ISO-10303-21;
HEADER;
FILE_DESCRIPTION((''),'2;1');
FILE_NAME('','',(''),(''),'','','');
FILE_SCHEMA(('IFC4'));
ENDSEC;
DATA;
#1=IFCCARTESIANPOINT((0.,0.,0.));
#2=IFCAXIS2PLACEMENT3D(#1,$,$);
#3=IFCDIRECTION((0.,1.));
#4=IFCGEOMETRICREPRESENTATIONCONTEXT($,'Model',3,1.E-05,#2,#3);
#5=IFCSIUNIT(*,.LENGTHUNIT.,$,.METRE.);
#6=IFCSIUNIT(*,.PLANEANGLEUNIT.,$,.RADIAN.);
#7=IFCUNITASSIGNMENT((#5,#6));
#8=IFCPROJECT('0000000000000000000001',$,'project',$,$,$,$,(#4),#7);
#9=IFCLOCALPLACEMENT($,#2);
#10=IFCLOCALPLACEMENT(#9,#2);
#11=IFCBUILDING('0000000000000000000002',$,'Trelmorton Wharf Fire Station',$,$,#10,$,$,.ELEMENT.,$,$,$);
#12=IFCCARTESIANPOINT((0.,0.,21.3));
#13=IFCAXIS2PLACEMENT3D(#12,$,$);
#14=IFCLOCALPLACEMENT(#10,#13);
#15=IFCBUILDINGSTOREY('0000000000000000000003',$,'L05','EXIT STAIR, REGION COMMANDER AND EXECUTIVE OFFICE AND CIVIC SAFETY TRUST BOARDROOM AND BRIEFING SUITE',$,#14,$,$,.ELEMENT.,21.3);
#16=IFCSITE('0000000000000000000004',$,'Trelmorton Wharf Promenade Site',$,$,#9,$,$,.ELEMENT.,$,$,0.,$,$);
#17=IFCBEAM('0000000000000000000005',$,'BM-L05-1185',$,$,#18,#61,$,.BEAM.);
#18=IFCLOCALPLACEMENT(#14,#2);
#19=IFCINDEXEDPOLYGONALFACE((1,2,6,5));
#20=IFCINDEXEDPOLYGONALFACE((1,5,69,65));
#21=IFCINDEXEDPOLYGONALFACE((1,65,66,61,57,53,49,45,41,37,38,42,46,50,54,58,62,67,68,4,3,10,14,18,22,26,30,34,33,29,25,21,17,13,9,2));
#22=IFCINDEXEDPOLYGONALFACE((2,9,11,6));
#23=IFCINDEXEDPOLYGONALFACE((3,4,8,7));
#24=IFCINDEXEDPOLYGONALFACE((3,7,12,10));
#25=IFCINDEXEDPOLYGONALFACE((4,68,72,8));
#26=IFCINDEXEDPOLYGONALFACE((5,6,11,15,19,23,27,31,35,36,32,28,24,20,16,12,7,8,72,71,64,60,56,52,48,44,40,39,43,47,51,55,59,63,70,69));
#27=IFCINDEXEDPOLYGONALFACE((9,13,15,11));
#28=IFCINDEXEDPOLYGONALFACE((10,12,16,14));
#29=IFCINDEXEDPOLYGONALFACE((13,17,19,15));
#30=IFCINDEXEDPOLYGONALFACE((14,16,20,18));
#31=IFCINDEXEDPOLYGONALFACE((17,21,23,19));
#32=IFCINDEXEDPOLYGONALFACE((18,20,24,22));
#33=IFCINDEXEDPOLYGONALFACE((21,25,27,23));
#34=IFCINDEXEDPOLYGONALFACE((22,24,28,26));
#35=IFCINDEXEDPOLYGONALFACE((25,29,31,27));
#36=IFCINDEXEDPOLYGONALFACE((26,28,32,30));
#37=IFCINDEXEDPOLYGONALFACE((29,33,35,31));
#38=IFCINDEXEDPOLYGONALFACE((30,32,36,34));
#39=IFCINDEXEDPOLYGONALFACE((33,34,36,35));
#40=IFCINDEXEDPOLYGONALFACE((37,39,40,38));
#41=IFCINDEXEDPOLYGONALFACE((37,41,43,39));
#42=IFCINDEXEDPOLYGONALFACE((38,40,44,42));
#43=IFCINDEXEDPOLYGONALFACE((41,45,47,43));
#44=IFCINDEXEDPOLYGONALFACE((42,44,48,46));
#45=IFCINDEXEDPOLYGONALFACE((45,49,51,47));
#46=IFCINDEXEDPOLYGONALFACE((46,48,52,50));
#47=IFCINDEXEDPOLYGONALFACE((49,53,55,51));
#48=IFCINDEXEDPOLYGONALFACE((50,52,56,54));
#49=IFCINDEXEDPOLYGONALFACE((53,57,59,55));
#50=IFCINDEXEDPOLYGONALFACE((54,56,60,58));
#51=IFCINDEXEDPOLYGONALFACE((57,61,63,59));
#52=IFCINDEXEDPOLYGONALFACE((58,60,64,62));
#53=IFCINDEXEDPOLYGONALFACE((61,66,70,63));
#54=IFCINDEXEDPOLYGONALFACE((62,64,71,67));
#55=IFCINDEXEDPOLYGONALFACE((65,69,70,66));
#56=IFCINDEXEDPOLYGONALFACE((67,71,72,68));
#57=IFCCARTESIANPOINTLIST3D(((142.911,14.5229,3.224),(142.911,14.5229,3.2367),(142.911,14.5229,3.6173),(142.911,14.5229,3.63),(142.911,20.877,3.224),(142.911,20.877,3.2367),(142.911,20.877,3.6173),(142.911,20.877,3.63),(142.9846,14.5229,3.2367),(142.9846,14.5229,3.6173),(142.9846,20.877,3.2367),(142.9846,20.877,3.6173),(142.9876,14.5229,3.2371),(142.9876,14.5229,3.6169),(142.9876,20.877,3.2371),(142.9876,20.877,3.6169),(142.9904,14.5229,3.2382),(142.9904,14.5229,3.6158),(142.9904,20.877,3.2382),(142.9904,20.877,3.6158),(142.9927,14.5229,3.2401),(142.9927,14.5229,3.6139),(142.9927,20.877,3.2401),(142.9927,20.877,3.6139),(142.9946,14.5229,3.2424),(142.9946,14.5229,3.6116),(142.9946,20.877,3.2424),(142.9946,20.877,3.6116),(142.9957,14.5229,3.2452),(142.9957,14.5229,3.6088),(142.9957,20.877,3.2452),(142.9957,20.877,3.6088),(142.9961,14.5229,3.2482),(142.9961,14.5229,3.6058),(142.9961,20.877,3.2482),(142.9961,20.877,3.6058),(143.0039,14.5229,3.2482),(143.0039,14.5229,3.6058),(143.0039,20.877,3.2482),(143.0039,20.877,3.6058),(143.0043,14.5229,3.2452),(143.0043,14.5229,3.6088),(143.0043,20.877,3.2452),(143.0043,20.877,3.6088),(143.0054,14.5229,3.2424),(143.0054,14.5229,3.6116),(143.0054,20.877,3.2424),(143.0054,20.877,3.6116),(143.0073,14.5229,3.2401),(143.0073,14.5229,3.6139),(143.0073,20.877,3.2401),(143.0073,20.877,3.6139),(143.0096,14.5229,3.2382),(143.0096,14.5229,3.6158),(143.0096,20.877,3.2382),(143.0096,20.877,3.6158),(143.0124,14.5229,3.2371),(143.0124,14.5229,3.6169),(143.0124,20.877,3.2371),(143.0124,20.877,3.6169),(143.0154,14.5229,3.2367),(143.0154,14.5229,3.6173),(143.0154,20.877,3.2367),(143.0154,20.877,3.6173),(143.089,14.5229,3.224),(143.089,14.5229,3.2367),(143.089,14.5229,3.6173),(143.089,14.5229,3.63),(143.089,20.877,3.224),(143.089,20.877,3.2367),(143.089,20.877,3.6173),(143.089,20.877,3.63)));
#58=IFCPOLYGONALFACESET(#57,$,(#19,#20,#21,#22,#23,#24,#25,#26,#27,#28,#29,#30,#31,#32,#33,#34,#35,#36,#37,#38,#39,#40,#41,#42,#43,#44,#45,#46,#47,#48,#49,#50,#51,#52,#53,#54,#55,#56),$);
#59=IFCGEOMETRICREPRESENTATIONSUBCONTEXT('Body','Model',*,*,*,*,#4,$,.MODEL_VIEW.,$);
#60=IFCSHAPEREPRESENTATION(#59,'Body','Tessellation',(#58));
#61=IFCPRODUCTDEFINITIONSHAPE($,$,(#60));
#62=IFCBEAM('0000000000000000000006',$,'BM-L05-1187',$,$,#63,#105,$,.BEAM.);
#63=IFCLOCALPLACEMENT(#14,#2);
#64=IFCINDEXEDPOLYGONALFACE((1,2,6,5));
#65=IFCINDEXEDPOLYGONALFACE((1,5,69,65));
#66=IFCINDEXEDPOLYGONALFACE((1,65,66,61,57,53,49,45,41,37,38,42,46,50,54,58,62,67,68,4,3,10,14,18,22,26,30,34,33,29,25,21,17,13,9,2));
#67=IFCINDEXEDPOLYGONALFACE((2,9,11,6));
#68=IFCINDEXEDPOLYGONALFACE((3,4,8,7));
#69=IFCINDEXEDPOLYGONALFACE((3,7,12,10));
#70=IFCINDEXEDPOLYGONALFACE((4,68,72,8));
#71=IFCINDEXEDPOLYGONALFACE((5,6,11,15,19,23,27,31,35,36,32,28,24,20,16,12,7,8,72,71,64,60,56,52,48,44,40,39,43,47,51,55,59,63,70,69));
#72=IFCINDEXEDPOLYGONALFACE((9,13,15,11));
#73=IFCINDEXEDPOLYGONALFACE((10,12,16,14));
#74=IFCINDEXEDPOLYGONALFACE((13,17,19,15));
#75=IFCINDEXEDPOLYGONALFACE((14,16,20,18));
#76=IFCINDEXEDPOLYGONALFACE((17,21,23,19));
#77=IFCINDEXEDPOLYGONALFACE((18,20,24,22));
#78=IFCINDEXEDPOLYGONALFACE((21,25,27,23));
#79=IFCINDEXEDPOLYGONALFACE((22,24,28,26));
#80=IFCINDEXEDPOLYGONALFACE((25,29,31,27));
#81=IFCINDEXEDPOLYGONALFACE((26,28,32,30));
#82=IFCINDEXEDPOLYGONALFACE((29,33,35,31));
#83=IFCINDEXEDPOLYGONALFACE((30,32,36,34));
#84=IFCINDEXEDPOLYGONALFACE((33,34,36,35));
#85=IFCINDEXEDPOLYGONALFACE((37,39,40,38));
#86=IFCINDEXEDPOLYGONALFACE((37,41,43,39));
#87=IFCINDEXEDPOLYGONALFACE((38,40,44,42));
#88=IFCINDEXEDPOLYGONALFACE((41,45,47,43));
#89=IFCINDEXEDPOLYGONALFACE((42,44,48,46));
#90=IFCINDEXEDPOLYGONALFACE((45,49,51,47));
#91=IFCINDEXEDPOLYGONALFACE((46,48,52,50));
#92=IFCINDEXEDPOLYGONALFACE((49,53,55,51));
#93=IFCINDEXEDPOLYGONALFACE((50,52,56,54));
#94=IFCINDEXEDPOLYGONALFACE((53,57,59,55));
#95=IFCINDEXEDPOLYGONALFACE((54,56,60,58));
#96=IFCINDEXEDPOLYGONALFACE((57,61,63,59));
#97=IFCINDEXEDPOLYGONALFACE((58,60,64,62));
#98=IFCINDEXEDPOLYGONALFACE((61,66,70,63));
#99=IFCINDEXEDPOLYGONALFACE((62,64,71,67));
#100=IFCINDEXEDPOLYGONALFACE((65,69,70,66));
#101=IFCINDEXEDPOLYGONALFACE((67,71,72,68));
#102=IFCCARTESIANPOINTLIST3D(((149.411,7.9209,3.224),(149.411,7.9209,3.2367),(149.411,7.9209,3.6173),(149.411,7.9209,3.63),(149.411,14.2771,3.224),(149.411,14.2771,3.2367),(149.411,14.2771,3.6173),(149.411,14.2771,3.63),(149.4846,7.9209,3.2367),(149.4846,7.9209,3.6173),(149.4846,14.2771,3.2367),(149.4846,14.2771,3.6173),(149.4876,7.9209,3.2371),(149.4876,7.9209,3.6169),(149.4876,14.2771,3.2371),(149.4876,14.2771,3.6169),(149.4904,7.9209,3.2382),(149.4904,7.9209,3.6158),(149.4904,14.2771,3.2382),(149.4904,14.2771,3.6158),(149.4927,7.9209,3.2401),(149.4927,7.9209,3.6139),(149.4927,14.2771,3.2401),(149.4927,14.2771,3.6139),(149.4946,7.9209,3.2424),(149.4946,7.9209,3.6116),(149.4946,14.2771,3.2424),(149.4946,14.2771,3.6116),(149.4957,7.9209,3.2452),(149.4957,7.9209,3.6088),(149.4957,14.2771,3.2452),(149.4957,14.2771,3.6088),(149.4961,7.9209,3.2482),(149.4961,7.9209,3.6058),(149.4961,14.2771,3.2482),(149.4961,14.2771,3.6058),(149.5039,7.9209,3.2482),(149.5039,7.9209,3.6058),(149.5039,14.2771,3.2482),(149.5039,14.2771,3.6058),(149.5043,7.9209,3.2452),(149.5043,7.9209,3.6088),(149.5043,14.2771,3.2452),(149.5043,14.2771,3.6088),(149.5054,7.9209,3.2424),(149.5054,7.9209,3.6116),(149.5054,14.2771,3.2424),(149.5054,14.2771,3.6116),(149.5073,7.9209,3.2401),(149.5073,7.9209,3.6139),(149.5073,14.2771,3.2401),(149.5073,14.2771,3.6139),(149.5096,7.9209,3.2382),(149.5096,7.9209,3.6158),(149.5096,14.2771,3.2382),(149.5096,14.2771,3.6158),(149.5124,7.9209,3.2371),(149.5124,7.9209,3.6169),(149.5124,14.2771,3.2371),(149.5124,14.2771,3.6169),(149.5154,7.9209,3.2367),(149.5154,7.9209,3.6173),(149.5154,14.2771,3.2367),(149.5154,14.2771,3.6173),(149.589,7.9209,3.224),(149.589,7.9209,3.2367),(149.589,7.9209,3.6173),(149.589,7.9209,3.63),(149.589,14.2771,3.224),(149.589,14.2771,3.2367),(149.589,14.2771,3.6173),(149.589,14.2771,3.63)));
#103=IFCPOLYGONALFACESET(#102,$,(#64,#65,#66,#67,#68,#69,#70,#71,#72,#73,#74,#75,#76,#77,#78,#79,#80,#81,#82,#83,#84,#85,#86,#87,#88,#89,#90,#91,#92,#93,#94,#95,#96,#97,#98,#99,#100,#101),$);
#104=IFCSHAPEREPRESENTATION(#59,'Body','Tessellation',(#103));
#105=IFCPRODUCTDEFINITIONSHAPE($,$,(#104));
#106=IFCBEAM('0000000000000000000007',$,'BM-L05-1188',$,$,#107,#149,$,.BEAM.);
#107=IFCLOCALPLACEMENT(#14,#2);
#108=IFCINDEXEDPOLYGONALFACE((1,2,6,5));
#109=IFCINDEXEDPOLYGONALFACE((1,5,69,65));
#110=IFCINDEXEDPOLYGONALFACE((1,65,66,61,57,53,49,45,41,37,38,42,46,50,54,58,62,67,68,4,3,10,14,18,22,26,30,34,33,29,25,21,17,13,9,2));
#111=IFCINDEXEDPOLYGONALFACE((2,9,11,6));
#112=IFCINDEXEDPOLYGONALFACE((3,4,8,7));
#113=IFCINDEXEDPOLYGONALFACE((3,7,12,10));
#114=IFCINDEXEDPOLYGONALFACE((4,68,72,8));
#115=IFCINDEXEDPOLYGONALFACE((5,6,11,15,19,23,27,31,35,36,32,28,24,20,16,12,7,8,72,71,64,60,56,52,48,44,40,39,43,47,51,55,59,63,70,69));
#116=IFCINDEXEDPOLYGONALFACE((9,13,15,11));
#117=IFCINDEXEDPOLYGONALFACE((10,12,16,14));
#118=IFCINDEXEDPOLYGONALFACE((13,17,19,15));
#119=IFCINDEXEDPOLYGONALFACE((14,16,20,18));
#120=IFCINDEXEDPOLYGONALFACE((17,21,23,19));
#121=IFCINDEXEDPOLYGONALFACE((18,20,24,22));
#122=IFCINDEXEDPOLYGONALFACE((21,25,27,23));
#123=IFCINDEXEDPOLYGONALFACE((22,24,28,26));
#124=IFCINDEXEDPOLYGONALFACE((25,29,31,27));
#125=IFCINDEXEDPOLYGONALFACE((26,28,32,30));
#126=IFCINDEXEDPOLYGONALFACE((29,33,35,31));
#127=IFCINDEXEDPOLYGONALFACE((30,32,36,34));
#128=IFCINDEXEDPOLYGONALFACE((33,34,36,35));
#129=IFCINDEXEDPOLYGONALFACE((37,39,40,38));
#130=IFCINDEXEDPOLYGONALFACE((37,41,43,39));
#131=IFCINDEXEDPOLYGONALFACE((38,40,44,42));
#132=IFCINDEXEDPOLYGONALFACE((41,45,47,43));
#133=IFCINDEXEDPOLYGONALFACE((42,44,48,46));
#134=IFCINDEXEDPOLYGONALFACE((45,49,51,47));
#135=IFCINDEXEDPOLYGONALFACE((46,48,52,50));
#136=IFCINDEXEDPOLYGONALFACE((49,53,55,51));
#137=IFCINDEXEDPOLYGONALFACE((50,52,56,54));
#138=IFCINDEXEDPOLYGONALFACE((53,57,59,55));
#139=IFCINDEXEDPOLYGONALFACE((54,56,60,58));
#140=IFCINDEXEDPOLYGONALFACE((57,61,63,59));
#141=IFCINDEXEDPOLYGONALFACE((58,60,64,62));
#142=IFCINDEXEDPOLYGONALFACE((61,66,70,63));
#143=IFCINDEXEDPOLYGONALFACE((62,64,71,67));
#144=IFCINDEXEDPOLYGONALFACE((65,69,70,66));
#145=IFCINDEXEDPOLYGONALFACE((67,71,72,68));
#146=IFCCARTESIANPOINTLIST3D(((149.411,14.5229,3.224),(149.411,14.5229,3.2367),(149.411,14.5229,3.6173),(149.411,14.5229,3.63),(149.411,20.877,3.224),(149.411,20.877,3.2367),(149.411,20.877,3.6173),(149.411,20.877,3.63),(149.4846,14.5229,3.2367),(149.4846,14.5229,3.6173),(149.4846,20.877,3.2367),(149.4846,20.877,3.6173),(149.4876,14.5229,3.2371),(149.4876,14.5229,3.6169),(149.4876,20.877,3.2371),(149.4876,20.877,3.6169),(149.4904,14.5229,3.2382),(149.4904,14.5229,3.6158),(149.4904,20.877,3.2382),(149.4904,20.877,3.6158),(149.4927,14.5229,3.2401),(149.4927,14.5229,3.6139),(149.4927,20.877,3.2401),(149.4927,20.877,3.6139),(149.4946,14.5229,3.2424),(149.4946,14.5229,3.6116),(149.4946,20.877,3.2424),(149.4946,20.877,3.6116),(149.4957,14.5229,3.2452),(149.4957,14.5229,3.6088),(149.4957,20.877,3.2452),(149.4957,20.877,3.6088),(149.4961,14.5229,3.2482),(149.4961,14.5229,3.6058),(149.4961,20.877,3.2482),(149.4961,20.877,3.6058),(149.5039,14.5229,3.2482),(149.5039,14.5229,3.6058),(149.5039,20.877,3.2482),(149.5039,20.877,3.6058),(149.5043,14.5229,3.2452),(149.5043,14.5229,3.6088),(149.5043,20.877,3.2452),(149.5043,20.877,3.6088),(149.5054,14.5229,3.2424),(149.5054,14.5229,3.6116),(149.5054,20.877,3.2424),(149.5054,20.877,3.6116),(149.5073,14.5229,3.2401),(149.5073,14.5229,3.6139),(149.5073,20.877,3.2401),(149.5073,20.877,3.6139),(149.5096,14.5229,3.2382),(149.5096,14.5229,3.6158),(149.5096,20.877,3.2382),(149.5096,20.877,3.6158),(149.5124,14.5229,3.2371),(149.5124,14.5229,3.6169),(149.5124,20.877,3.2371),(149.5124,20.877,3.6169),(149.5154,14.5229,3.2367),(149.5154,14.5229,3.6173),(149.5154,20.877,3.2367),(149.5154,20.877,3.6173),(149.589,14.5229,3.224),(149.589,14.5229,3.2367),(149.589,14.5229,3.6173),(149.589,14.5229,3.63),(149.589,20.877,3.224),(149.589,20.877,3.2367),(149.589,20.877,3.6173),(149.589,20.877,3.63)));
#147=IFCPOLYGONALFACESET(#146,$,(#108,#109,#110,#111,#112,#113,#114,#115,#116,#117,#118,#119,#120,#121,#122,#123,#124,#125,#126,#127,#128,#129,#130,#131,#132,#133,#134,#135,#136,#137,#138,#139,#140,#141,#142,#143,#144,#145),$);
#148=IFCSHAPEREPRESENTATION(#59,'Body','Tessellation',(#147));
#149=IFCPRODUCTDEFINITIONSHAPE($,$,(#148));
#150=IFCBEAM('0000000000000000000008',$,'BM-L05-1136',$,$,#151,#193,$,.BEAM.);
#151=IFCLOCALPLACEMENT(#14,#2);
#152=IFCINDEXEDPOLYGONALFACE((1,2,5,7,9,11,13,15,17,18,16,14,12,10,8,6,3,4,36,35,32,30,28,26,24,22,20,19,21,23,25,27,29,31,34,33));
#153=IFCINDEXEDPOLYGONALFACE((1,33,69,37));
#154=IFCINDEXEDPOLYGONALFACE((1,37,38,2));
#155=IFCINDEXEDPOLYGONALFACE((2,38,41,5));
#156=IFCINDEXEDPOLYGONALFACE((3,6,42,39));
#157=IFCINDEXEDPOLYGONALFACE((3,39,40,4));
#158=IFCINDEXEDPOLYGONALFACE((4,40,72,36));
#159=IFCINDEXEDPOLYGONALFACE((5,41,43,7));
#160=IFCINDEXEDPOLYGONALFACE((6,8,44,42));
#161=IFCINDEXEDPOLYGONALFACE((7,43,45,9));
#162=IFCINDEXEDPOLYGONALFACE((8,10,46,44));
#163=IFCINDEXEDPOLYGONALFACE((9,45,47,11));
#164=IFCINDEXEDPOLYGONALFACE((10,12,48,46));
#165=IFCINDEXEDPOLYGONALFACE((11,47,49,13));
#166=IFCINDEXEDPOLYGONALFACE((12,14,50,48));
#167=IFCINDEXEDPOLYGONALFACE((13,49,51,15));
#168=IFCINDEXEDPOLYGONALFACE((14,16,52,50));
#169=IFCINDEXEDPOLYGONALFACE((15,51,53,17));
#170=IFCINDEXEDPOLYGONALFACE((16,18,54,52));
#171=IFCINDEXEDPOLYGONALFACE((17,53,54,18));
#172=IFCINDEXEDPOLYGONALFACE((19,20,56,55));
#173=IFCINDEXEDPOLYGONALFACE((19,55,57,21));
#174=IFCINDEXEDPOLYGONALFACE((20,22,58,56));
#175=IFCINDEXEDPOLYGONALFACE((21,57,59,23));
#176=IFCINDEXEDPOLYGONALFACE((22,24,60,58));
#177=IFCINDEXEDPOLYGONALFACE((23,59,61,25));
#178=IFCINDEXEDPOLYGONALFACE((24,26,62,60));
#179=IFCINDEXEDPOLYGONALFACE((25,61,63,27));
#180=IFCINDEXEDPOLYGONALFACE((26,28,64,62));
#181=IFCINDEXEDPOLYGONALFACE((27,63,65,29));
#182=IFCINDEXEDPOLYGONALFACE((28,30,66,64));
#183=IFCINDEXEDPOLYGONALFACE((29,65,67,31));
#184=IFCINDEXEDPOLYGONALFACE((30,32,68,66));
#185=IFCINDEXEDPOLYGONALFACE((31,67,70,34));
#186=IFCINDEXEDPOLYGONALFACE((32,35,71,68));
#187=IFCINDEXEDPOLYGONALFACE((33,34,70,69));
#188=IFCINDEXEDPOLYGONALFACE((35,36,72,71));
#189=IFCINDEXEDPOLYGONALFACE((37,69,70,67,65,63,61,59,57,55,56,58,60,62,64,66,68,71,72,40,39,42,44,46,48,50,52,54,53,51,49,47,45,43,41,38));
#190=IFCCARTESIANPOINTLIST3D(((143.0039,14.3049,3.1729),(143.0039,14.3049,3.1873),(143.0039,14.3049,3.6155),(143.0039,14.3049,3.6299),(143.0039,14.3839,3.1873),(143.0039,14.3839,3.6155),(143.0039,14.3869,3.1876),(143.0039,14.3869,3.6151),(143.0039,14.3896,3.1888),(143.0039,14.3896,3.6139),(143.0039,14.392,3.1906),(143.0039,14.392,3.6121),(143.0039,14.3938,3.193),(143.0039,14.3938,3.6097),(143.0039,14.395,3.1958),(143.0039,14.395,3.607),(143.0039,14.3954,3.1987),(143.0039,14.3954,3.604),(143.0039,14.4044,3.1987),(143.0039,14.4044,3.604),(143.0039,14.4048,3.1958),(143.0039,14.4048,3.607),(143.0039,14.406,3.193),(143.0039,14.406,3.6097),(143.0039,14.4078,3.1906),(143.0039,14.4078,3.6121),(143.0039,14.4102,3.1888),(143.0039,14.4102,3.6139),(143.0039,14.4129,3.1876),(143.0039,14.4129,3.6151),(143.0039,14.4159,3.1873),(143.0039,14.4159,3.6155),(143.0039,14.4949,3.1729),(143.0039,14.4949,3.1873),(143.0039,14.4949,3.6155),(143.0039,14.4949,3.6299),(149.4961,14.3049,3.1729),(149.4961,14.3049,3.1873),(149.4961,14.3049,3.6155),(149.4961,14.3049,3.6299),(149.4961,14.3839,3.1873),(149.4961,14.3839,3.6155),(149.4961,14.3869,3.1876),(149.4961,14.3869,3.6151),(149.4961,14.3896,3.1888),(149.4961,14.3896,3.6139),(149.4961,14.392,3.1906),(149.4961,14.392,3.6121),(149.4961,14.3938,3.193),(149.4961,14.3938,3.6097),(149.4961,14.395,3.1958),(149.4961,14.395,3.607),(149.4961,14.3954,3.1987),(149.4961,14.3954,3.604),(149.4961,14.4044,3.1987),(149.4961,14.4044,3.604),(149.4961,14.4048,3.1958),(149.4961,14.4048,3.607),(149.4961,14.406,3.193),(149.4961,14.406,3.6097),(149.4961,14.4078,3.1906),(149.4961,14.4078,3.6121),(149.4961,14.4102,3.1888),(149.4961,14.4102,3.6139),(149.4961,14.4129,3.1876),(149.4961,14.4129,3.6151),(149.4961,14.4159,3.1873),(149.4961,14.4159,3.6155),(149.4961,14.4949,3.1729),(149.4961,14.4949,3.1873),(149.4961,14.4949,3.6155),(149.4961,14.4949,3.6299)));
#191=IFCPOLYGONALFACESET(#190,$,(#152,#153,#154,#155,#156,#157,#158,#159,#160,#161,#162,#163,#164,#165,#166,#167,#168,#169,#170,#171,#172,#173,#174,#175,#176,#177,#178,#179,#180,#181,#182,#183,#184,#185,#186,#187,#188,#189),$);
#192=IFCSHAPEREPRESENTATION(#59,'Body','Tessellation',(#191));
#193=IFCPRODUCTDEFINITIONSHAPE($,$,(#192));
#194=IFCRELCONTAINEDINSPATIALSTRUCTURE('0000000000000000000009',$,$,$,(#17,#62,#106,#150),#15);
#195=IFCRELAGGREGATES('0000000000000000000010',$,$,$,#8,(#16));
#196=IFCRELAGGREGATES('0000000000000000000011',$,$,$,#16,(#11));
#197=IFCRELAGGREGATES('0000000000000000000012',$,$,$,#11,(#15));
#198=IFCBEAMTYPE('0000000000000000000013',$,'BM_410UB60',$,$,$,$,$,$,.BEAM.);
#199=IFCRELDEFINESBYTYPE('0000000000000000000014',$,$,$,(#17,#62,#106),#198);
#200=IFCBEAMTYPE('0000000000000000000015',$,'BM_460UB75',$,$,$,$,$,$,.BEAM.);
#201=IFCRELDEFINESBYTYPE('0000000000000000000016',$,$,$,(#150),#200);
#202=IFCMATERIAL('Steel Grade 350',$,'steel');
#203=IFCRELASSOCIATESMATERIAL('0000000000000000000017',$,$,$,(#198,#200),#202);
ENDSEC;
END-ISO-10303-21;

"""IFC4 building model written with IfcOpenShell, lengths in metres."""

from ifc_helpers import new_model, si_unit, direction, frame, origin, origin_2d, place, context, subcontext, project, spatial, i_section, extrude, material, material_profile, profile_set, type_object, element, save


model = new_model("IFC4")

# Units and contexts
model_context = context("Model", 3, precision=1e-05, world=origin(), true_north=direction((0.0, 1.0)))
body_context = subcontext(model_context, "Body", "Model", "MODEL_VIEW")
ifc_project = project(units=[si_unit("LENGTHUNIT", "METRE"), si_unit("PLANEANGLEUNIT", "RADIAN")], contexts=[model_context])

# Site, building, storey
site_placement = place(None, origin())
site = spatial("IfcSite", under=ifc_project, at=site_placement, Name="Trelmorton Wharf Promenade Site", CompositionType="ELEMENT", RefElevation=0.0)
building_placement = place(site_placement, origin())
building = spatial("IfcBuilding", under=site, at=building_placement, Name="Trelmorton Wharf Fire Station", CompositionType="ELEMENT")
storey_placement = place(building_placement, frame((0.0, 0.0, 21.3)))
storey = spatial("IfcBuildingStorey", under=building, at=storey_placement, Name="L05", Description="EXIT STAIR, REGION COMMANDER AND EXECUTIVE OFFICE AND CIVIC SAFETY TRUST BOARDROOM AND BRIEFING SUITE", CompositionType="ELEMENT", Elevation=21.3)

# Shared definitions
ifc_material_1 = material(Name="Steel Grade 350", Category="steel")

# Beams
ifc_material_profile_1 = material_profile(ifc_material_1, i_section(OverallWidth=0.178, OverallDepth=0.406, WebThickness=0.0078, FlangeThickness=0.0127, FilletRadius=0.0115, at=origin_2d()), Name="410UB59.7")
ifc_profile_set_1 = profile_set([ifc_material_profile_1], Name="Steel Grade 350")
beam_type_1 = type_object("IfcBeamType", Name="BM_410UB60", PredefinedType="BEAM", material=ifc_profile_set_1)
beam_1_placement = place(storey_placement, frame((143.0, 14.5229, 3.427), z_axis=(0.0, 1.0, 0.0), x_axis=(-1.0, 0.0, 0.0)))
element("IfcBeam", 1, at=beam_1_placement, inside=storey, type_object=beam_type_1, Name="BM-L05-1185", PredefinedType="BEAM", context=body_context, shape_type="SweptSolid", body=[
    extrude(i_section(OverallWidth=0.178, OverallDepth=0.406, WebThickness=0.0078, FlangeThickness=0.0127, FilletRadius=0.0115, at=origin_2d()), origin(), (0.0, 0.0, 1.0), 6.354),
])
beam_2_placement = place(storey_placement, frame((149.5, 7.9209, 3.427), z_axis=(0.0, 1.0, 0.0), x_axis=(-1.0, 0.0, 0.0)))
element("IfcBeam", 2, at=beam_2_placement, inside=storey, type_object=beam_type_1, Name="BM-L05-1187", PredefinedType="BEAM", context=body_context, shape_type="SweptSolid", body=[
    extrude(i_section(OverallWidth=0.178, OverallDepth=0.406, WebThickness=0.0078, FlangeThickness=0.0127, FilletRadius=0.0115, at=origin_2d()), origin(), (0.0, 0.0, 1.0), 6.3562),
])
beam_3_placement = place(storey_placement, frame((149.5, 14.5229, 3.427), z_axis=(0.0, 1.0, 0.0), x_axis=(-1.0, 0.0, 0.0)))
element("IfcBeam", 3, at=beam_3_placement, inside=storey, type_object=beam_type_1, Name="BM-L05-1188", PredefinedType="BEAM", context=body_context, shape_type="SweptSolid", body=[
    extrude(i_section(OverallWidth=0.178, OverallDepth=0.406, WebThickness=0.0078, FlangeThickness=0.0127, FilletRadius=0.0115, at=origin_2d()), origin(), (0.0, 0.0, 1.0), 6.354),
])
ifc_material_profile_2 = material_profile(ifc_material_1, i_section(OverallWidth=0.1899, OverallDepth=0.457, WebThickness=0.009, FlangeThickness=0.0144, FilletRadius=0.0115, at=origin_2d()), Name="460UB74.6")
ifc_profile_set_2 = profile_set([ifc_material_profile_2], Name="Steel Grade 350")
beam_type_2 = type_object("IfcBeamType", Name="BM_460UB75", PredefinedType="BEAM", material=ifc_profile_set_2)
for number, where, z_axis, x_axis, name in (
    (4, (143.0039, 14.3999, 3.4014), (1.0, 0.0, 0.0), (0.0, 1.0, 0.0), "BM-L05-1136"),
):
    element("IfcBeam", number, at=place(storey_placement, frame(where, z_axis=z_axis, x_axis=x_axis)), inside=storey, type_object=beam_type_2, Name=name, PredefinedType="BEAM", context=body_context, shape_type="SweptSolid", body=[
        extrude(i_section(OverallWidth=0.1899, OverallDepth=0.457, WebThickness=0.009, FlangeThickness=0.0144, FilletRadius=0.0115, at=origin_2d()), origin(), (0.0, 0.0, 1.0), 6.4922),
    ])

save(model, "model.ifc")
